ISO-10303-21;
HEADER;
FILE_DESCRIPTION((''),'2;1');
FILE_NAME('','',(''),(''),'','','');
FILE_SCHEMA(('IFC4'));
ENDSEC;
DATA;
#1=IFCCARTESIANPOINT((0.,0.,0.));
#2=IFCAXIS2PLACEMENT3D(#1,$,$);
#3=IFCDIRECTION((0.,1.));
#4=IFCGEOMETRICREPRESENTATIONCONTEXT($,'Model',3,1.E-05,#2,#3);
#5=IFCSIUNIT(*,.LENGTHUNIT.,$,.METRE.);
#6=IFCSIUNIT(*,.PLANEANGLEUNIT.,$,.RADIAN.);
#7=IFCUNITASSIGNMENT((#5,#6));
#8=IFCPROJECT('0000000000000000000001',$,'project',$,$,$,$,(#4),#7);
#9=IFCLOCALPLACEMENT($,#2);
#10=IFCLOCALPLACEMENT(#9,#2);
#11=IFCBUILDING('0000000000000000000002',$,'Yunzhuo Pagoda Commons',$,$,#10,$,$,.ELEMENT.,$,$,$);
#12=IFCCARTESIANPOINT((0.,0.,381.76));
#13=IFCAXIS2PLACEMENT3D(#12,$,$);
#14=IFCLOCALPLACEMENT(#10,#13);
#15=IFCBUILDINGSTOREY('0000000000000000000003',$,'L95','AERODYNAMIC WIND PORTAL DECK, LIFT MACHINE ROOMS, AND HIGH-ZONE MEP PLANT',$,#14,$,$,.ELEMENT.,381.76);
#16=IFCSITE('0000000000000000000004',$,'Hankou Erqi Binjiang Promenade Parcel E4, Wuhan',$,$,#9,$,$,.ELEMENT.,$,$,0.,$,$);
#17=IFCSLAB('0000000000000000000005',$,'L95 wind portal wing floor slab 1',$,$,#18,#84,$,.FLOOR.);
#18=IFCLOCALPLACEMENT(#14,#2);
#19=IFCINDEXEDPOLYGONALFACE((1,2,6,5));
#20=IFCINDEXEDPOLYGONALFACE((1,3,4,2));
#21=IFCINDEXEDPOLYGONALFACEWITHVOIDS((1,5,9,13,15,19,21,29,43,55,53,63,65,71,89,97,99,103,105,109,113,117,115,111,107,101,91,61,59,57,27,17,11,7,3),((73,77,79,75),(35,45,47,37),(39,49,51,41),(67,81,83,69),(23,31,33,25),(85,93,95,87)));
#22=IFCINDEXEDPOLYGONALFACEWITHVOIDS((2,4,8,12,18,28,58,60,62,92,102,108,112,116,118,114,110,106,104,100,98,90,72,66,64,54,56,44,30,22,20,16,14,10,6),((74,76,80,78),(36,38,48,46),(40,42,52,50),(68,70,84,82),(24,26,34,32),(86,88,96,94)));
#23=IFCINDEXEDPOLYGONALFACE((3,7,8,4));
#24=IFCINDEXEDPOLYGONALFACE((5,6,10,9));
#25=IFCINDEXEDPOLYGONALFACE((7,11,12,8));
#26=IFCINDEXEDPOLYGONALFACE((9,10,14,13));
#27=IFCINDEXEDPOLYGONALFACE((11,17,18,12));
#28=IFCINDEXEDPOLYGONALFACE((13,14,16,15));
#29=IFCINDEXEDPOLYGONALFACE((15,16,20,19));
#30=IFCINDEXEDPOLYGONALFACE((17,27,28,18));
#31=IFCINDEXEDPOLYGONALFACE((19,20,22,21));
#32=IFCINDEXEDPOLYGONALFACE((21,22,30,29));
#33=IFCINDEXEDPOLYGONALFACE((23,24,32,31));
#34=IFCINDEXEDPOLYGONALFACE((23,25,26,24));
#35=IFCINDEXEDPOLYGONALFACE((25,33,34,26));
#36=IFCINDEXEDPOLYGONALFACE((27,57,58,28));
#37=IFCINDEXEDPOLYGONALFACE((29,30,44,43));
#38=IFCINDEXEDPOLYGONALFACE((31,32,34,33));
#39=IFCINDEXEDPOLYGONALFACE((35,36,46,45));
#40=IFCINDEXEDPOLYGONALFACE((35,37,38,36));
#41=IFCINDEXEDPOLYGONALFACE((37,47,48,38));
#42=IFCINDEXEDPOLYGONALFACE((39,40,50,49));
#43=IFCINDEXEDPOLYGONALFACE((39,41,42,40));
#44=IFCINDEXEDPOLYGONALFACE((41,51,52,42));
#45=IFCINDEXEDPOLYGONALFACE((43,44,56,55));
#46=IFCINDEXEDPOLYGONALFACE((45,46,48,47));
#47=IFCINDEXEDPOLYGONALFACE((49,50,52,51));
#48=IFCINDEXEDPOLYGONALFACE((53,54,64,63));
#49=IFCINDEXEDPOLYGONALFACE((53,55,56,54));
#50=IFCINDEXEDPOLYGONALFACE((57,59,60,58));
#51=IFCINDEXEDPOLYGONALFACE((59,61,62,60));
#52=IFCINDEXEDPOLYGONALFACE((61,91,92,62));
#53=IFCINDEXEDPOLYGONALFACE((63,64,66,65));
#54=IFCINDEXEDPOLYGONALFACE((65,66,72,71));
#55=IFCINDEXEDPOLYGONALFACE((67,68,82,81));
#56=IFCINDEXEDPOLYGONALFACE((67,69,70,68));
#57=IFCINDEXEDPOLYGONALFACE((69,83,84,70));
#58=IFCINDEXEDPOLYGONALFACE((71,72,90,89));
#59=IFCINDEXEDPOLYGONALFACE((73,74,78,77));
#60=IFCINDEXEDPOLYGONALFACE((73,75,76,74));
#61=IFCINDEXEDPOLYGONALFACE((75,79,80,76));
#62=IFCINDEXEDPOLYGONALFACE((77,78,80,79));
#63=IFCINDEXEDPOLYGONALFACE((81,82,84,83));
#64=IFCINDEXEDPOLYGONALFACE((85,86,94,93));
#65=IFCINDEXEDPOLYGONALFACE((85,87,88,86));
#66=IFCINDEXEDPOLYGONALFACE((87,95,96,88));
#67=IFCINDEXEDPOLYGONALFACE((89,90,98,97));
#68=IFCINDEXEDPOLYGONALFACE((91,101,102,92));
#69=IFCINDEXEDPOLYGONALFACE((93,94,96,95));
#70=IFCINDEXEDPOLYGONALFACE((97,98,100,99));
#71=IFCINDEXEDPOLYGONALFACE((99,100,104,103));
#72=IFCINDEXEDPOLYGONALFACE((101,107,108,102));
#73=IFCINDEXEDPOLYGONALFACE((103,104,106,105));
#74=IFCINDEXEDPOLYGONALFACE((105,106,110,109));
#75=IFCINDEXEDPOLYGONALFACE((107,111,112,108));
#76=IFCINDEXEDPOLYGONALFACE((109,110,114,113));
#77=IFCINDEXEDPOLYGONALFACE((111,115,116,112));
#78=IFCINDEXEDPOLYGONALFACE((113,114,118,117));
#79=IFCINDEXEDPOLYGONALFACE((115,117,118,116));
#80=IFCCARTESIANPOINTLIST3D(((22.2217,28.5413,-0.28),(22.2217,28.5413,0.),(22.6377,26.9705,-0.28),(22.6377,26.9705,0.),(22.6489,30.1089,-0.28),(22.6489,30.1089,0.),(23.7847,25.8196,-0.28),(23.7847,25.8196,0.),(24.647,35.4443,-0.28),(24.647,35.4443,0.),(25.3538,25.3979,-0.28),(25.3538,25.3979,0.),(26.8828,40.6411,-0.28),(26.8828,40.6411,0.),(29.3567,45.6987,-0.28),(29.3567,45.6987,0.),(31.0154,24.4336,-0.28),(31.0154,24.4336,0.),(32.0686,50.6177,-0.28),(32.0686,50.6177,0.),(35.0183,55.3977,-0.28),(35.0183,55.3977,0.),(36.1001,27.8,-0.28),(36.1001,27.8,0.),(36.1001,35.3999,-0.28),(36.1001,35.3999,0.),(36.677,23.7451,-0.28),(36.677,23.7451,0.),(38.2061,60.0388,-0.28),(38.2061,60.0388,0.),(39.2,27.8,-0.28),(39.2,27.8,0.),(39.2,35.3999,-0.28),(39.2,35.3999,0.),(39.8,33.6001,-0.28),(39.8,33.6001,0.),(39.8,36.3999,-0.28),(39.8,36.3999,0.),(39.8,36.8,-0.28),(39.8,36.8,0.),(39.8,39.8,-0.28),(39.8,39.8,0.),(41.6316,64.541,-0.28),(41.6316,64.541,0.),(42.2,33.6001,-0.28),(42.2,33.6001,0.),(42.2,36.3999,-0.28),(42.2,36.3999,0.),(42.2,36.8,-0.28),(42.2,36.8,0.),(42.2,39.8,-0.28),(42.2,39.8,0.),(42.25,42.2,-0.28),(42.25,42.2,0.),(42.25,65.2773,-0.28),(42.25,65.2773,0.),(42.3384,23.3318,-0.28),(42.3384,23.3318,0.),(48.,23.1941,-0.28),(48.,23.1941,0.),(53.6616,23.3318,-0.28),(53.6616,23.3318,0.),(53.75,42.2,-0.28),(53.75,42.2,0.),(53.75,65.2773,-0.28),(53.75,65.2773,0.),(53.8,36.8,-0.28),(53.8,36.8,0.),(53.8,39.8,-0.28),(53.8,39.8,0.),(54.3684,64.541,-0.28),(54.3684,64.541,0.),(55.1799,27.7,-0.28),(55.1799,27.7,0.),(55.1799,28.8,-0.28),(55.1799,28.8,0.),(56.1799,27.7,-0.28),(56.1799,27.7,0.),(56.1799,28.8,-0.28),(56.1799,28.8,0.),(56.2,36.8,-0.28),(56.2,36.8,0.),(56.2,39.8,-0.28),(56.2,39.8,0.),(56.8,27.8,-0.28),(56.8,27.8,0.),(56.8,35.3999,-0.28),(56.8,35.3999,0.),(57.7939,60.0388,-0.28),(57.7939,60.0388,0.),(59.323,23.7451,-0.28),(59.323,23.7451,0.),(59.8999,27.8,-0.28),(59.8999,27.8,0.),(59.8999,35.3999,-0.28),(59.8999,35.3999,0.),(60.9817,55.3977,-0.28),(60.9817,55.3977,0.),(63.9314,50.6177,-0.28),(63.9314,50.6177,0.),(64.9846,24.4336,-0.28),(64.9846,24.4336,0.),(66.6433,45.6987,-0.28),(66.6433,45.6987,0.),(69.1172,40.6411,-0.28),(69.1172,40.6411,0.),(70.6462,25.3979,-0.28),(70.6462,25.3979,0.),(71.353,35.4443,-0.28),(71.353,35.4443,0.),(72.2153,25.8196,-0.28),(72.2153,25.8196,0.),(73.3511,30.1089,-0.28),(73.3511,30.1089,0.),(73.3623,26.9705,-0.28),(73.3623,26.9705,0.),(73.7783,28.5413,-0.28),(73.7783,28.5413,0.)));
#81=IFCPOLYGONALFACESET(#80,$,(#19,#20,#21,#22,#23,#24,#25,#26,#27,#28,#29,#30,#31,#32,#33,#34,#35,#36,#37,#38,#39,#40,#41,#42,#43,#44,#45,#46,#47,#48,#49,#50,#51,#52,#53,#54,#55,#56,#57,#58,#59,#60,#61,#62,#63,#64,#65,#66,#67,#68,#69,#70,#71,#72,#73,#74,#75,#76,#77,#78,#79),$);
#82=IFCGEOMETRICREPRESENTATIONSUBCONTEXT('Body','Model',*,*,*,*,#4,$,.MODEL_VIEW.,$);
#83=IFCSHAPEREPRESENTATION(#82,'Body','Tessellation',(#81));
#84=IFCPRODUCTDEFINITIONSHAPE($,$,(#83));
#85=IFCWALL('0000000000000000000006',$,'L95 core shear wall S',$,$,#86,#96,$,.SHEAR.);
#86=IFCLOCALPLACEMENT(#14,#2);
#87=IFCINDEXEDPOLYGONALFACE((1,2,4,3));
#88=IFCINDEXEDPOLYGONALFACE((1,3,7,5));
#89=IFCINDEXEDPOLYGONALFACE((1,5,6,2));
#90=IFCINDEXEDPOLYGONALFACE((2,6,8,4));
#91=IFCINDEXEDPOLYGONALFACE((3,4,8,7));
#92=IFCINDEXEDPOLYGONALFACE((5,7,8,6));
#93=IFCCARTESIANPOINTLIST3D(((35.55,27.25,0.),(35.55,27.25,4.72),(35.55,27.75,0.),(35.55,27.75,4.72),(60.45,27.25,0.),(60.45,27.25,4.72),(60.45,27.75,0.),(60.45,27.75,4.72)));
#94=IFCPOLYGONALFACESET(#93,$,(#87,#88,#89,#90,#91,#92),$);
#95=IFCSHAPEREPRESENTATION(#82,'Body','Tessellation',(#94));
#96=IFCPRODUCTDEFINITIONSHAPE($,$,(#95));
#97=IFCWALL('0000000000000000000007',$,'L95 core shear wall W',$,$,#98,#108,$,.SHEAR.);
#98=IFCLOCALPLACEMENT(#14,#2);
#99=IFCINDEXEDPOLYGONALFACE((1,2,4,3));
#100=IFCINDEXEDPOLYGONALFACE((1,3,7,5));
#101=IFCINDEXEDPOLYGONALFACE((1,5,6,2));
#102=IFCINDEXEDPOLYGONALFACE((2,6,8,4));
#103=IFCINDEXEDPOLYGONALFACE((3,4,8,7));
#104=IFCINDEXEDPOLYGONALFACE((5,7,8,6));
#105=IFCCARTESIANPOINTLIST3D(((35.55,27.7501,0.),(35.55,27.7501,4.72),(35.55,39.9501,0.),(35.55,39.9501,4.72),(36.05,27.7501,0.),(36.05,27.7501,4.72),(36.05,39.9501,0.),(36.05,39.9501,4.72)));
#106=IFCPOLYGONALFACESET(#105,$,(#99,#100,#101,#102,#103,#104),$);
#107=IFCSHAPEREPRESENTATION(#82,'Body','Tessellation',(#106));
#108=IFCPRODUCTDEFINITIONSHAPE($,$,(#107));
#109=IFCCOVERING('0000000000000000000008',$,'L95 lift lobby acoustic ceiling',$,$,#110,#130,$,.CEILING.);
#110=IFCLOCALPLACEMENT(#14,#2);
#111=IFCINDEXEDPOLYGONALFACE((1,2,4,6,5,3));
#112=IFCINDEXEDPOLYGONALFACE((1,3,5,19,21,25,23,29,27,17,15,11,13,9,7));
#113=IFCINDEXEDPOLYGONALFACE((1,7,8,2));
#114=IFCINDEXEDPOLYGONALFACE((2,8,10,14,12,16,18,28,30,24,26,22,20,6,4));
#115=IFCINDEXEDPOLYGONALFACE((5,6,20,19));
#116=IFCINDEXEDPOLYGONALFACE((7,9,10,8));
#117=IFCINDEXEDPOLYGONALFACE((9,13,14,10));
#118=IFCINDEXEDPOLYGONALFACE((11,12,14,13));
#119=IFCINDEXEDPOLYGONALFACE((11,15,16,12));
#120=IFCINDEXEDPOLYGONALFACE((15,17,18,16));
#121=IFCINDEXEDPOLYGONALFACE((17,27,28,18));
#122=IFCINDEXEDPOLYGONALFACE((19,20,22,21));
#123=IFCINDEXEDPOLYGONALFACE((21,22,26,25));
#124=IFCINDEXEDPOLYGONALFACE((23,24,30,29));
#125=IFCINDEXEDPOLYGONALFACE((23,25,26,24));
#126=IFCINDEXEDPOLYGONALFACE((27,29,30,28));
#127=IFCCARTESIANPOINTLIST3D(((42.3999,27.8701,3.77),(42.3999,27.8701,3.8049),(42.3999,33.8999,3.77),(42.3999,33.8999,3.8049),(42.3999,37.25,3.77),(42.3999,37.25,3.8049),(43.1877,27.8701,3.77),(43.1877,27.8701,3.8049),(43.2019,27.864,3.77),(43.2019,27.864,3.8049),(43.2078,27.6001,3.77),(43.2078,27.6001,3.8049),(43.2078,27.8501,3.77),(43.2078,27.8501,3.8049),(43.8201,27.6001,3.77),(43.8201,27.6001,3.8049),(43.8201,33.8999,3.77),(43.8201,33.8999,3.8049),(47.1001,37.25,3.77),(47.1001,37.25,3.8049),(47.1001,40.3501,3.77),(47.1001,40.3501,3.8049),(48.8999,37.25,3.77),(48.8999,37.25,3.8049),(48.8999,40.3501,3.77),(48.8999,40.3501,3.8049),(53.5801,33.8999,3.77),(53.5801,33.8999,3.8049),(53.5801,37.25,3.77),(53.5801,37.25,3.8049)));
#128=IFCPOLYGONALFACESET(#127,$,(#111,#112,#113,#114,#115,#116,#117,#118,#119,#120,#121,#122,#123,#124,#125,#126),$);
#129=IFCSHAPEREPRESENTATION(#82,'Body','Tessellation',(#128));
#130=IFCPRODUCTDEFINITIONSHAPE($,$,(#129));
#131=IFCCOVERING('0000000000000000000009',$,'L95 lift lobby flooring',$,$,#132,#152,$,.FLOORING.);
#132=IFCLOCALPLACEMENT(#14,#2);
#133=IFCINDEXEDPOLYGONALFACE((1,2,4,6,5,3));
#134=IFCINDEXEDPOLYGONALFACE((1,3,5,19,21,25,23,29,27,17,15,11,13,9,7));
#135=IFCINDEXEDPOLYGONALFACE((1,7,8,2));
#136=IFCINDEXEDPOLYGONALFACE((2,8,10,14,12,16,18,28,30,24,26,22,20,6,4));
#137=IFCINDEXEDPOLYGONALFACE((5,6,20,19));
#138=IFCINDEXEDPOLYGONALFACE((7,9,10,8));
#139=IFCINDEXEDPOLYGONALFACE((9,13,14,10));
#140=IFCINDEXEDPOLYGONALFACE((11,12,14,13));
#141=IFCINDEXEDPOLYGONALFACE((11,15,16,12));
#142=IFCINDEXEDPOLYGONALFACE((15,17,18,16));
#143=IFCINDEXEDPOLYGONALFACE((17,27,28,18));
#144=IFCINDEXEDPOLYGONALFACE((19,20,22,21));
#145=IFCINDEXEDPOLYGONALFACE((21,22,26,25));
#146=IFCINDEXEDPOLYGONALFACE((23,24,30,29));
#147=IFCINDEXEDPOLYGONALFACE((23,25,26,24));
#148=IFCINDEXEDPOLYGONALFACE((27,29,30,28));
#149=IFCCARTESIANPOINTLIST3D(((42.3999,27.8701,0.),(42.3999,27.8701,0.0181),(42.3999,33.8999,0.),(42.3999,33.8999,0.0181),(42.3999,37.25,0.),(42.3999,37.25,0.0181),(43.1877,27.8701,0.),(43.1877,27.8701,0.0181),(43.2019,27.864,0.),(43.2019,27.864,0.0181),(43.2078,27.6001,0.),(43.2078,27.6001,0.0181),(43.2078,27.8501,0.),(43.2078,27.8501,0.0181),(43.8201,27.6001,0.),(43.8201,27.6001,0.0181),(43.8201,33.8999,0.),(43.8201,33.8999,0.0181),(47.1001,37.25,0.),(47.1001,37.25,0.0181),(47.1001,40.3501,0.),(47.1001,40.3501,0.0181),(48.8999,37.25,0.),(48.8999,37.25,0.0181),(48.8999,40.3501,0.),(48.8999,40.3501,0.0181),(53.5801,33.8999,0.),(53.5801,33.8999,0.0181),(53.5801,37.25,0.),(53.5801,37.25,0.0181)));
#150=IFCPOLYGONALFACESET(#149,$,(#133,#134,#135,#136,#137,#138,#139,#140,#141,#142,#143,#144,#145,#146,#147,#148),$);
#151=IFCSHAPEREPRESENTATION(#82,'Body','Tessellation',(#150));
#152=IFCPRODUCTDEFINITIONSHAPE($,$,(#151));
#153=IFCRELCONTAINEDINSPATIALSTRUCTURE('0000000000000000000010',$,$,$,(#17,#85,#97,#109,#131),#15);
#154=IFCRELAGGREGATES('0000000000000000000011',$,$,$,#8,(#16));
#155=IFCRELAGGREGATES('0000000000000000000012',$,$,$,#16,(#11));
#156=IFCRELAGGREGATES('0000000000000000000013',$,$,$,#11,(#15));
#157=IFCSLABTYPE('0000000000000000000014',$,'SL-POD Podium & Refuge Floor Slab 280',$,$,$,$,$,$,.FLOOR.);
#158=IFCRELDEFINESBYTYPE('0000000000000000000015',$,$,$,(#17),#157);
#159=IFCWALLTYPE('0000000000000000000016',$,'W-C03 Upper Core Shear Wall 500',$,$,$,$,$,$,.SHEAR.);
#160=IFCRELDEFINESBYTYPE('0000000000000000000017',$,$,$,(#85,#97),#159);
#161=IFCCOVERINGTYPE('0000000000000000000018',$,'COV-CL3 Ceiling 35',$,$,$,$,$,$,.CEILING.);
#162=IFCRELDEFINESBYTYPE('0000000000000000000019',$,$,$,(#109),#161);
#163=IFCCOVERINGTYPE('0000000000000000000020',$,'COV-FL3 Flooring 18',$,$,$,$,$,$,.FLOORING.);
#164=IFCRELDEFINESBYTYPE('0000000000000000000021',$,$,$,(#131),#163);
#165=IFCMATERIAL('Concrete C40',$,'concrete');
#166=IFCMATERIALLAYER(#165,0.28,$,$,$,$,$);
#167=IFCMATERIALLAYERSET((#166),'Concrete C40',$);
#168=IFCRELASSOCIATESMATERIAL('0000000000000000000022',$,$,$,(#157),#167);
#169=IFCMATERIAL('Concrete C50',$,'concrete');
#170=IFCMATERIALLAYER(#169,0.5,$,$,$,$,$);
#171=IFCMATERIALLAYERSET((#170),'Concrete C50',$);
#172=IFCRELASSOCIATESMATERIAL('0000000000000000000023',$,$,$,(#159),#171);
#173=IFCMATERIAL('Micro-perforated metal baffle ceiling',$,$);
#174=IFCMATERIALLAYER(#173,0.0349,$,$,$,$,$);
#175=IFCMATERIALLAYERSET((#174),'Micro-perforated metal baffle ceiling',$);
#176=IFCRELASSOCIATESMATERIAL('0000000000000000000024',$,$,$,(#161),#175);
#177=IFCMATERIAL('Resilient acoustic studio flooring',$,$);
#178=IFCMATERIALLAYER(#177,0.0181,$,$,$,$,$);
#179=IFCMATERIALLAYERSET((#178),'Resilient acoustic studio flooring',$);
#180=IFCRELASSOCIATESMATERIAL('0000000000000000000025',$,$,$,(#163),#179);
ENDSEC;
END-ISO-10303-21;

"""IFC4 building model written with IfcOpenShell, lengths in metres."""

from ifc_helpers import new_model, si_unit, direction, frame, frame_2d, origin, place, context, subcontext, project, spatial, polyline, rectangle, outline, extrude, material, layer, layer_set, type_object, element, save


model = new_model("IFC4")

# Units and contexts
model_context = context("Model", 3, precision=1e-05, world=origin(), true_north=direction((0.0, 1.0)))
body_context = subcontext(model_context, "Body", "Model", "MODEL_VIEW")
ifc_project = project(units=[si_unit("LENGTHUNIT", "METRE"), si_unit("PLANEANGLEUNIT", "RADIAN")], contexts=[model_context])

# Site, building, storey
site_placement = place(None, origin())
site = spatial("IfcSite", under=ifc_project, at=site_placement, Name="Hankou Erqi Binjiang Promenade Parcel E4, Wuhan", CompositionType="ELEMENT", RefElevation=0.0)
building_placement = place(site_placement, origin())
building = spatial("IfcBuilding", under=site, at=building_placement, Name="Yunzhuo Pagoda Commons", CompositionType="ELEMENT")
storey_placement = place(building_placement, frame((0.0, 0.0, 381.76)))
storey = spatial("IfcBuildingStorey", under=building, at=storey_placement, Name="L95", Description="AERODYNAMIC WIND PORTAL DECK, LIFT MACHINE ROOMS, AND HIGH-ZONE MEP PLANT", CompositionType="ELEMENT", Elevation=381.76)

# Shared definitions
ifc_material_1 = material(Name="Concrete C40", Category="concrete")

# Slab
ifc_layer_1 = layer(ifc_material_1, 0.28)
ifc_layer_set_1 = layer_set([ifc_layer_1], Name="Concrete C40")
slab_type_1 = type_object("IfcSlabType", Name="SL-POD Podium & Refuge Floor Slab 280", PredefinedType="FLOOR", material=ifc_layer_set_1)
slab_1_placement = place(storey_placement, frame((0.0, 0.0, -0.28)))
element("IfcSlab", 1, at=slab_1_placement, inside=storey, type_object=slab_type_1, Name="L95 wind portal wing floor slab 1", PredefinedType="FLOOR", context=body_context, shape_type="SweptSolid", body=[
    extrude(outline(polyline([(57.7939, 60.0388), (60.9817, 55.3977), (63.9314, 50.6177), (66.6433, 45.6987), (69.1172, 40.6411), (71.353, 35.4443), (73.3511, 30.1089), (73.7783, 28.5413), (73.3623, 26.9705), (72.2153, 25.8196), (70.6462, 25.3979), (64.9846, 24.4336), (59.323, 23.7451), (53.6616, 23.3318), (48.0, 23.1941), (42.3384, 23.3318), (36.677, 23.7451), (31.0154, 24.4336), (25.3538, 25.3979), (23.7847, 25.8196), (22.6377, 26.9705), (22.2217, 28.5413), (22.6489, 30.1089), (24.647, 35.4443), (26.8828, 40.6411), (29.3567, 45.6987), (32.0686, 50.6177), (35.0183, 55.3977), (38.2061, 60.0388), (41.6316, 64.541), (42.25, 65.2773), (42.25, 42.2), (53.75, 42.2), (53.75, 65.2773), (54.3684, 64.541), (57.7939, 60.0388)]), holes=[polyline([(55.1799, 28.8), (55.1799, 27.7), (56.1799, 27.7), (56.1799, 28.8), (55.1799, 28.8)]), polyline([(39.2, 27.8), (39.2, 35.3999), (36.1001, 35.3999), (36.1001, 27.8), (39.2, 27.8)]), polyline([(59.8999, 27.8), (59.8999, 35.3999), (56.8, 35.3999), (56.8, 27.8), (59.8999, 27.8)]), polyline([(39.8, 36.3999), (39.8, 33.6001), (42.2, 33.6001), (42.2, 36.3999), (39.8, 36.3999)]), polyline([(42.2, 39.8), (39.8, 39.8), (39.8, 36.8), (42.2, 36.8), (42.2, 39.8)]), polyline([(56.2, 39.8), (53.8, 39.8), (53.8, 36.8), (56.2, 36.8), (56.2, 39.8)])]), origin(), (0.0, 0.0, 1.0), 0.28),
])

# Walls
ifc_material_2 = material(Name="Concrete C50", Category="concrete")
ifc_layer_2 = layer(ifc_material_2, 0.5)
ifc_layer_set_2 = layer_set([ifc_layer_2], Name="Concrete C50")
wall_type = type_object("IfcWallType", Name="W-C03 Upper Core Shear Wall 500", PredefinedType="SHEAR", material=ifc_layer_set_2)
wall_1_placement = place(storey_placement, frame((35.55, 27.5, 0.0), z_axis=(0.0, 0.0, 1.0), x_axis=(1.0, 0.0, 0.0)))
element("IfcWall", 2, at=wall_1_placement, inside=storey, type_object=wall_type, Name="L95 core shear wall S", PredefinedType="SHEAR", context=body_context, shape_type="SweptSolid", body=[
    extrude(rectangle(XDim=24.8999, YDim=0.5, at=frame_2d((12.45, 0.0))), origin(), (0.0, 0.0, 1.0), 4.72),
])
wall_2_placement = place(storey_placement, frame((35.8, 27.75, 0.0), z_axis=(0.0, 0.0, 1.0), x_axis=(0.0, 1.0, 0.0)))
element("IfcWall", 3, at=wall_2_placement, inside=storey, type_object=wall_type, Name="L95 core shear wall W", PredefinedType="SHEAR", context=body_context, shape_type="SweptSolid", body=[
    extrude(rectangle(XDim=12.2, YDim=0.5, at=frame_2d((6.1001, 0.0))), origin(), (0.0, 0.0, 1.0), 4.72),
])

# Coverings
ifc_material_3 = material(Name="Micro-perforated metal baffle ceiling")
ifc_layer_3 = layer(ifc_material_3, 0.0349)
ifc_layer_set_3 = layer_set([ifc_layer_3], Name="Micro-perforated metal baffle ceiling")
covering_type_1 = type_object("IfcCoveringType", Name="COV-CL3 Ceiling 35", PredefinedType="CEILING", material=ifc_layer_set_3)
covering_1_placement = place(storey_placement, frame((0.0, 0.0, 3.77)))
element("IfcCovering", 4, at=covering_1_placement, inside=storey, type_object=covering_type_1, Name="L95 lift lobby acoustic ceiling", PredefinedType="CEILING", context=body_context, shape_type="SweptSolid", body=[
    extrude(outline(polyline([(43.2078, 27.8501), (43.2019, 27.864), (43.1877, 27.8701), (42.3999, 27.8701), (42.3999, 33.8999), (42.3999, 37.25), (47.1001, 37.25), (47.1001, 40.3501), (48.8999, 40.3501), (48.8999, 37.25), (53.5801, 37.25), (53.5801, 33.8999), (43.8201, 33.8999), (43.8201, 27.6001), (43.2078, 27.6001), (43.2078, 27.8501)])), origin(), (0.0, 0.0, 1.0), 0.0349),
])
ifc_material_4 = material(Name="Resilient acoustic studio flooring")
ifc_layer_4 = layer(ifc_material_4, 0.0181)
ifc_layer_set_4 = layer_set([ifc_layer_4], Name="Resilient acoustic studio flooring")
covering_type_2 = type_object("IfcCoveringType", Name="COV-FL3 Flooring 18", PredefinedType="FLOORING", material=ifc_layer_set_4)
covering_2_placement = place(storey_placement, origin())
element("IfcCovering", 5, at=covering_2_placement, inside=storey, type_object=covering_type_2, Name="L95 lift lobby flooring", PredefinedType="FLOORING", context=body_context, shape_type="SweptSolid", body=[
    extrude(outline(polyline([(43.2078, 27.8501), (43.2019, 27.864), (43.1877, 27.8701), (42.3999, 27.8701), (42.3999, 33.8999), (42.3999, 37.25), (47.1001, 37.25), (47.1001, 40.3501), (48.8999, 40.3501), (48.8999, 37.25), (53.5801, 37.25), (53.5801, 33.8999), (43.8201, 33.8999), (43.8201, 27.6001), (43.2078, 27.6001), (43.2078, 27.8501)])), origin(), (0.0, 0.0, 1.0), 0.0181),
])

save(model, "model.ifc")
